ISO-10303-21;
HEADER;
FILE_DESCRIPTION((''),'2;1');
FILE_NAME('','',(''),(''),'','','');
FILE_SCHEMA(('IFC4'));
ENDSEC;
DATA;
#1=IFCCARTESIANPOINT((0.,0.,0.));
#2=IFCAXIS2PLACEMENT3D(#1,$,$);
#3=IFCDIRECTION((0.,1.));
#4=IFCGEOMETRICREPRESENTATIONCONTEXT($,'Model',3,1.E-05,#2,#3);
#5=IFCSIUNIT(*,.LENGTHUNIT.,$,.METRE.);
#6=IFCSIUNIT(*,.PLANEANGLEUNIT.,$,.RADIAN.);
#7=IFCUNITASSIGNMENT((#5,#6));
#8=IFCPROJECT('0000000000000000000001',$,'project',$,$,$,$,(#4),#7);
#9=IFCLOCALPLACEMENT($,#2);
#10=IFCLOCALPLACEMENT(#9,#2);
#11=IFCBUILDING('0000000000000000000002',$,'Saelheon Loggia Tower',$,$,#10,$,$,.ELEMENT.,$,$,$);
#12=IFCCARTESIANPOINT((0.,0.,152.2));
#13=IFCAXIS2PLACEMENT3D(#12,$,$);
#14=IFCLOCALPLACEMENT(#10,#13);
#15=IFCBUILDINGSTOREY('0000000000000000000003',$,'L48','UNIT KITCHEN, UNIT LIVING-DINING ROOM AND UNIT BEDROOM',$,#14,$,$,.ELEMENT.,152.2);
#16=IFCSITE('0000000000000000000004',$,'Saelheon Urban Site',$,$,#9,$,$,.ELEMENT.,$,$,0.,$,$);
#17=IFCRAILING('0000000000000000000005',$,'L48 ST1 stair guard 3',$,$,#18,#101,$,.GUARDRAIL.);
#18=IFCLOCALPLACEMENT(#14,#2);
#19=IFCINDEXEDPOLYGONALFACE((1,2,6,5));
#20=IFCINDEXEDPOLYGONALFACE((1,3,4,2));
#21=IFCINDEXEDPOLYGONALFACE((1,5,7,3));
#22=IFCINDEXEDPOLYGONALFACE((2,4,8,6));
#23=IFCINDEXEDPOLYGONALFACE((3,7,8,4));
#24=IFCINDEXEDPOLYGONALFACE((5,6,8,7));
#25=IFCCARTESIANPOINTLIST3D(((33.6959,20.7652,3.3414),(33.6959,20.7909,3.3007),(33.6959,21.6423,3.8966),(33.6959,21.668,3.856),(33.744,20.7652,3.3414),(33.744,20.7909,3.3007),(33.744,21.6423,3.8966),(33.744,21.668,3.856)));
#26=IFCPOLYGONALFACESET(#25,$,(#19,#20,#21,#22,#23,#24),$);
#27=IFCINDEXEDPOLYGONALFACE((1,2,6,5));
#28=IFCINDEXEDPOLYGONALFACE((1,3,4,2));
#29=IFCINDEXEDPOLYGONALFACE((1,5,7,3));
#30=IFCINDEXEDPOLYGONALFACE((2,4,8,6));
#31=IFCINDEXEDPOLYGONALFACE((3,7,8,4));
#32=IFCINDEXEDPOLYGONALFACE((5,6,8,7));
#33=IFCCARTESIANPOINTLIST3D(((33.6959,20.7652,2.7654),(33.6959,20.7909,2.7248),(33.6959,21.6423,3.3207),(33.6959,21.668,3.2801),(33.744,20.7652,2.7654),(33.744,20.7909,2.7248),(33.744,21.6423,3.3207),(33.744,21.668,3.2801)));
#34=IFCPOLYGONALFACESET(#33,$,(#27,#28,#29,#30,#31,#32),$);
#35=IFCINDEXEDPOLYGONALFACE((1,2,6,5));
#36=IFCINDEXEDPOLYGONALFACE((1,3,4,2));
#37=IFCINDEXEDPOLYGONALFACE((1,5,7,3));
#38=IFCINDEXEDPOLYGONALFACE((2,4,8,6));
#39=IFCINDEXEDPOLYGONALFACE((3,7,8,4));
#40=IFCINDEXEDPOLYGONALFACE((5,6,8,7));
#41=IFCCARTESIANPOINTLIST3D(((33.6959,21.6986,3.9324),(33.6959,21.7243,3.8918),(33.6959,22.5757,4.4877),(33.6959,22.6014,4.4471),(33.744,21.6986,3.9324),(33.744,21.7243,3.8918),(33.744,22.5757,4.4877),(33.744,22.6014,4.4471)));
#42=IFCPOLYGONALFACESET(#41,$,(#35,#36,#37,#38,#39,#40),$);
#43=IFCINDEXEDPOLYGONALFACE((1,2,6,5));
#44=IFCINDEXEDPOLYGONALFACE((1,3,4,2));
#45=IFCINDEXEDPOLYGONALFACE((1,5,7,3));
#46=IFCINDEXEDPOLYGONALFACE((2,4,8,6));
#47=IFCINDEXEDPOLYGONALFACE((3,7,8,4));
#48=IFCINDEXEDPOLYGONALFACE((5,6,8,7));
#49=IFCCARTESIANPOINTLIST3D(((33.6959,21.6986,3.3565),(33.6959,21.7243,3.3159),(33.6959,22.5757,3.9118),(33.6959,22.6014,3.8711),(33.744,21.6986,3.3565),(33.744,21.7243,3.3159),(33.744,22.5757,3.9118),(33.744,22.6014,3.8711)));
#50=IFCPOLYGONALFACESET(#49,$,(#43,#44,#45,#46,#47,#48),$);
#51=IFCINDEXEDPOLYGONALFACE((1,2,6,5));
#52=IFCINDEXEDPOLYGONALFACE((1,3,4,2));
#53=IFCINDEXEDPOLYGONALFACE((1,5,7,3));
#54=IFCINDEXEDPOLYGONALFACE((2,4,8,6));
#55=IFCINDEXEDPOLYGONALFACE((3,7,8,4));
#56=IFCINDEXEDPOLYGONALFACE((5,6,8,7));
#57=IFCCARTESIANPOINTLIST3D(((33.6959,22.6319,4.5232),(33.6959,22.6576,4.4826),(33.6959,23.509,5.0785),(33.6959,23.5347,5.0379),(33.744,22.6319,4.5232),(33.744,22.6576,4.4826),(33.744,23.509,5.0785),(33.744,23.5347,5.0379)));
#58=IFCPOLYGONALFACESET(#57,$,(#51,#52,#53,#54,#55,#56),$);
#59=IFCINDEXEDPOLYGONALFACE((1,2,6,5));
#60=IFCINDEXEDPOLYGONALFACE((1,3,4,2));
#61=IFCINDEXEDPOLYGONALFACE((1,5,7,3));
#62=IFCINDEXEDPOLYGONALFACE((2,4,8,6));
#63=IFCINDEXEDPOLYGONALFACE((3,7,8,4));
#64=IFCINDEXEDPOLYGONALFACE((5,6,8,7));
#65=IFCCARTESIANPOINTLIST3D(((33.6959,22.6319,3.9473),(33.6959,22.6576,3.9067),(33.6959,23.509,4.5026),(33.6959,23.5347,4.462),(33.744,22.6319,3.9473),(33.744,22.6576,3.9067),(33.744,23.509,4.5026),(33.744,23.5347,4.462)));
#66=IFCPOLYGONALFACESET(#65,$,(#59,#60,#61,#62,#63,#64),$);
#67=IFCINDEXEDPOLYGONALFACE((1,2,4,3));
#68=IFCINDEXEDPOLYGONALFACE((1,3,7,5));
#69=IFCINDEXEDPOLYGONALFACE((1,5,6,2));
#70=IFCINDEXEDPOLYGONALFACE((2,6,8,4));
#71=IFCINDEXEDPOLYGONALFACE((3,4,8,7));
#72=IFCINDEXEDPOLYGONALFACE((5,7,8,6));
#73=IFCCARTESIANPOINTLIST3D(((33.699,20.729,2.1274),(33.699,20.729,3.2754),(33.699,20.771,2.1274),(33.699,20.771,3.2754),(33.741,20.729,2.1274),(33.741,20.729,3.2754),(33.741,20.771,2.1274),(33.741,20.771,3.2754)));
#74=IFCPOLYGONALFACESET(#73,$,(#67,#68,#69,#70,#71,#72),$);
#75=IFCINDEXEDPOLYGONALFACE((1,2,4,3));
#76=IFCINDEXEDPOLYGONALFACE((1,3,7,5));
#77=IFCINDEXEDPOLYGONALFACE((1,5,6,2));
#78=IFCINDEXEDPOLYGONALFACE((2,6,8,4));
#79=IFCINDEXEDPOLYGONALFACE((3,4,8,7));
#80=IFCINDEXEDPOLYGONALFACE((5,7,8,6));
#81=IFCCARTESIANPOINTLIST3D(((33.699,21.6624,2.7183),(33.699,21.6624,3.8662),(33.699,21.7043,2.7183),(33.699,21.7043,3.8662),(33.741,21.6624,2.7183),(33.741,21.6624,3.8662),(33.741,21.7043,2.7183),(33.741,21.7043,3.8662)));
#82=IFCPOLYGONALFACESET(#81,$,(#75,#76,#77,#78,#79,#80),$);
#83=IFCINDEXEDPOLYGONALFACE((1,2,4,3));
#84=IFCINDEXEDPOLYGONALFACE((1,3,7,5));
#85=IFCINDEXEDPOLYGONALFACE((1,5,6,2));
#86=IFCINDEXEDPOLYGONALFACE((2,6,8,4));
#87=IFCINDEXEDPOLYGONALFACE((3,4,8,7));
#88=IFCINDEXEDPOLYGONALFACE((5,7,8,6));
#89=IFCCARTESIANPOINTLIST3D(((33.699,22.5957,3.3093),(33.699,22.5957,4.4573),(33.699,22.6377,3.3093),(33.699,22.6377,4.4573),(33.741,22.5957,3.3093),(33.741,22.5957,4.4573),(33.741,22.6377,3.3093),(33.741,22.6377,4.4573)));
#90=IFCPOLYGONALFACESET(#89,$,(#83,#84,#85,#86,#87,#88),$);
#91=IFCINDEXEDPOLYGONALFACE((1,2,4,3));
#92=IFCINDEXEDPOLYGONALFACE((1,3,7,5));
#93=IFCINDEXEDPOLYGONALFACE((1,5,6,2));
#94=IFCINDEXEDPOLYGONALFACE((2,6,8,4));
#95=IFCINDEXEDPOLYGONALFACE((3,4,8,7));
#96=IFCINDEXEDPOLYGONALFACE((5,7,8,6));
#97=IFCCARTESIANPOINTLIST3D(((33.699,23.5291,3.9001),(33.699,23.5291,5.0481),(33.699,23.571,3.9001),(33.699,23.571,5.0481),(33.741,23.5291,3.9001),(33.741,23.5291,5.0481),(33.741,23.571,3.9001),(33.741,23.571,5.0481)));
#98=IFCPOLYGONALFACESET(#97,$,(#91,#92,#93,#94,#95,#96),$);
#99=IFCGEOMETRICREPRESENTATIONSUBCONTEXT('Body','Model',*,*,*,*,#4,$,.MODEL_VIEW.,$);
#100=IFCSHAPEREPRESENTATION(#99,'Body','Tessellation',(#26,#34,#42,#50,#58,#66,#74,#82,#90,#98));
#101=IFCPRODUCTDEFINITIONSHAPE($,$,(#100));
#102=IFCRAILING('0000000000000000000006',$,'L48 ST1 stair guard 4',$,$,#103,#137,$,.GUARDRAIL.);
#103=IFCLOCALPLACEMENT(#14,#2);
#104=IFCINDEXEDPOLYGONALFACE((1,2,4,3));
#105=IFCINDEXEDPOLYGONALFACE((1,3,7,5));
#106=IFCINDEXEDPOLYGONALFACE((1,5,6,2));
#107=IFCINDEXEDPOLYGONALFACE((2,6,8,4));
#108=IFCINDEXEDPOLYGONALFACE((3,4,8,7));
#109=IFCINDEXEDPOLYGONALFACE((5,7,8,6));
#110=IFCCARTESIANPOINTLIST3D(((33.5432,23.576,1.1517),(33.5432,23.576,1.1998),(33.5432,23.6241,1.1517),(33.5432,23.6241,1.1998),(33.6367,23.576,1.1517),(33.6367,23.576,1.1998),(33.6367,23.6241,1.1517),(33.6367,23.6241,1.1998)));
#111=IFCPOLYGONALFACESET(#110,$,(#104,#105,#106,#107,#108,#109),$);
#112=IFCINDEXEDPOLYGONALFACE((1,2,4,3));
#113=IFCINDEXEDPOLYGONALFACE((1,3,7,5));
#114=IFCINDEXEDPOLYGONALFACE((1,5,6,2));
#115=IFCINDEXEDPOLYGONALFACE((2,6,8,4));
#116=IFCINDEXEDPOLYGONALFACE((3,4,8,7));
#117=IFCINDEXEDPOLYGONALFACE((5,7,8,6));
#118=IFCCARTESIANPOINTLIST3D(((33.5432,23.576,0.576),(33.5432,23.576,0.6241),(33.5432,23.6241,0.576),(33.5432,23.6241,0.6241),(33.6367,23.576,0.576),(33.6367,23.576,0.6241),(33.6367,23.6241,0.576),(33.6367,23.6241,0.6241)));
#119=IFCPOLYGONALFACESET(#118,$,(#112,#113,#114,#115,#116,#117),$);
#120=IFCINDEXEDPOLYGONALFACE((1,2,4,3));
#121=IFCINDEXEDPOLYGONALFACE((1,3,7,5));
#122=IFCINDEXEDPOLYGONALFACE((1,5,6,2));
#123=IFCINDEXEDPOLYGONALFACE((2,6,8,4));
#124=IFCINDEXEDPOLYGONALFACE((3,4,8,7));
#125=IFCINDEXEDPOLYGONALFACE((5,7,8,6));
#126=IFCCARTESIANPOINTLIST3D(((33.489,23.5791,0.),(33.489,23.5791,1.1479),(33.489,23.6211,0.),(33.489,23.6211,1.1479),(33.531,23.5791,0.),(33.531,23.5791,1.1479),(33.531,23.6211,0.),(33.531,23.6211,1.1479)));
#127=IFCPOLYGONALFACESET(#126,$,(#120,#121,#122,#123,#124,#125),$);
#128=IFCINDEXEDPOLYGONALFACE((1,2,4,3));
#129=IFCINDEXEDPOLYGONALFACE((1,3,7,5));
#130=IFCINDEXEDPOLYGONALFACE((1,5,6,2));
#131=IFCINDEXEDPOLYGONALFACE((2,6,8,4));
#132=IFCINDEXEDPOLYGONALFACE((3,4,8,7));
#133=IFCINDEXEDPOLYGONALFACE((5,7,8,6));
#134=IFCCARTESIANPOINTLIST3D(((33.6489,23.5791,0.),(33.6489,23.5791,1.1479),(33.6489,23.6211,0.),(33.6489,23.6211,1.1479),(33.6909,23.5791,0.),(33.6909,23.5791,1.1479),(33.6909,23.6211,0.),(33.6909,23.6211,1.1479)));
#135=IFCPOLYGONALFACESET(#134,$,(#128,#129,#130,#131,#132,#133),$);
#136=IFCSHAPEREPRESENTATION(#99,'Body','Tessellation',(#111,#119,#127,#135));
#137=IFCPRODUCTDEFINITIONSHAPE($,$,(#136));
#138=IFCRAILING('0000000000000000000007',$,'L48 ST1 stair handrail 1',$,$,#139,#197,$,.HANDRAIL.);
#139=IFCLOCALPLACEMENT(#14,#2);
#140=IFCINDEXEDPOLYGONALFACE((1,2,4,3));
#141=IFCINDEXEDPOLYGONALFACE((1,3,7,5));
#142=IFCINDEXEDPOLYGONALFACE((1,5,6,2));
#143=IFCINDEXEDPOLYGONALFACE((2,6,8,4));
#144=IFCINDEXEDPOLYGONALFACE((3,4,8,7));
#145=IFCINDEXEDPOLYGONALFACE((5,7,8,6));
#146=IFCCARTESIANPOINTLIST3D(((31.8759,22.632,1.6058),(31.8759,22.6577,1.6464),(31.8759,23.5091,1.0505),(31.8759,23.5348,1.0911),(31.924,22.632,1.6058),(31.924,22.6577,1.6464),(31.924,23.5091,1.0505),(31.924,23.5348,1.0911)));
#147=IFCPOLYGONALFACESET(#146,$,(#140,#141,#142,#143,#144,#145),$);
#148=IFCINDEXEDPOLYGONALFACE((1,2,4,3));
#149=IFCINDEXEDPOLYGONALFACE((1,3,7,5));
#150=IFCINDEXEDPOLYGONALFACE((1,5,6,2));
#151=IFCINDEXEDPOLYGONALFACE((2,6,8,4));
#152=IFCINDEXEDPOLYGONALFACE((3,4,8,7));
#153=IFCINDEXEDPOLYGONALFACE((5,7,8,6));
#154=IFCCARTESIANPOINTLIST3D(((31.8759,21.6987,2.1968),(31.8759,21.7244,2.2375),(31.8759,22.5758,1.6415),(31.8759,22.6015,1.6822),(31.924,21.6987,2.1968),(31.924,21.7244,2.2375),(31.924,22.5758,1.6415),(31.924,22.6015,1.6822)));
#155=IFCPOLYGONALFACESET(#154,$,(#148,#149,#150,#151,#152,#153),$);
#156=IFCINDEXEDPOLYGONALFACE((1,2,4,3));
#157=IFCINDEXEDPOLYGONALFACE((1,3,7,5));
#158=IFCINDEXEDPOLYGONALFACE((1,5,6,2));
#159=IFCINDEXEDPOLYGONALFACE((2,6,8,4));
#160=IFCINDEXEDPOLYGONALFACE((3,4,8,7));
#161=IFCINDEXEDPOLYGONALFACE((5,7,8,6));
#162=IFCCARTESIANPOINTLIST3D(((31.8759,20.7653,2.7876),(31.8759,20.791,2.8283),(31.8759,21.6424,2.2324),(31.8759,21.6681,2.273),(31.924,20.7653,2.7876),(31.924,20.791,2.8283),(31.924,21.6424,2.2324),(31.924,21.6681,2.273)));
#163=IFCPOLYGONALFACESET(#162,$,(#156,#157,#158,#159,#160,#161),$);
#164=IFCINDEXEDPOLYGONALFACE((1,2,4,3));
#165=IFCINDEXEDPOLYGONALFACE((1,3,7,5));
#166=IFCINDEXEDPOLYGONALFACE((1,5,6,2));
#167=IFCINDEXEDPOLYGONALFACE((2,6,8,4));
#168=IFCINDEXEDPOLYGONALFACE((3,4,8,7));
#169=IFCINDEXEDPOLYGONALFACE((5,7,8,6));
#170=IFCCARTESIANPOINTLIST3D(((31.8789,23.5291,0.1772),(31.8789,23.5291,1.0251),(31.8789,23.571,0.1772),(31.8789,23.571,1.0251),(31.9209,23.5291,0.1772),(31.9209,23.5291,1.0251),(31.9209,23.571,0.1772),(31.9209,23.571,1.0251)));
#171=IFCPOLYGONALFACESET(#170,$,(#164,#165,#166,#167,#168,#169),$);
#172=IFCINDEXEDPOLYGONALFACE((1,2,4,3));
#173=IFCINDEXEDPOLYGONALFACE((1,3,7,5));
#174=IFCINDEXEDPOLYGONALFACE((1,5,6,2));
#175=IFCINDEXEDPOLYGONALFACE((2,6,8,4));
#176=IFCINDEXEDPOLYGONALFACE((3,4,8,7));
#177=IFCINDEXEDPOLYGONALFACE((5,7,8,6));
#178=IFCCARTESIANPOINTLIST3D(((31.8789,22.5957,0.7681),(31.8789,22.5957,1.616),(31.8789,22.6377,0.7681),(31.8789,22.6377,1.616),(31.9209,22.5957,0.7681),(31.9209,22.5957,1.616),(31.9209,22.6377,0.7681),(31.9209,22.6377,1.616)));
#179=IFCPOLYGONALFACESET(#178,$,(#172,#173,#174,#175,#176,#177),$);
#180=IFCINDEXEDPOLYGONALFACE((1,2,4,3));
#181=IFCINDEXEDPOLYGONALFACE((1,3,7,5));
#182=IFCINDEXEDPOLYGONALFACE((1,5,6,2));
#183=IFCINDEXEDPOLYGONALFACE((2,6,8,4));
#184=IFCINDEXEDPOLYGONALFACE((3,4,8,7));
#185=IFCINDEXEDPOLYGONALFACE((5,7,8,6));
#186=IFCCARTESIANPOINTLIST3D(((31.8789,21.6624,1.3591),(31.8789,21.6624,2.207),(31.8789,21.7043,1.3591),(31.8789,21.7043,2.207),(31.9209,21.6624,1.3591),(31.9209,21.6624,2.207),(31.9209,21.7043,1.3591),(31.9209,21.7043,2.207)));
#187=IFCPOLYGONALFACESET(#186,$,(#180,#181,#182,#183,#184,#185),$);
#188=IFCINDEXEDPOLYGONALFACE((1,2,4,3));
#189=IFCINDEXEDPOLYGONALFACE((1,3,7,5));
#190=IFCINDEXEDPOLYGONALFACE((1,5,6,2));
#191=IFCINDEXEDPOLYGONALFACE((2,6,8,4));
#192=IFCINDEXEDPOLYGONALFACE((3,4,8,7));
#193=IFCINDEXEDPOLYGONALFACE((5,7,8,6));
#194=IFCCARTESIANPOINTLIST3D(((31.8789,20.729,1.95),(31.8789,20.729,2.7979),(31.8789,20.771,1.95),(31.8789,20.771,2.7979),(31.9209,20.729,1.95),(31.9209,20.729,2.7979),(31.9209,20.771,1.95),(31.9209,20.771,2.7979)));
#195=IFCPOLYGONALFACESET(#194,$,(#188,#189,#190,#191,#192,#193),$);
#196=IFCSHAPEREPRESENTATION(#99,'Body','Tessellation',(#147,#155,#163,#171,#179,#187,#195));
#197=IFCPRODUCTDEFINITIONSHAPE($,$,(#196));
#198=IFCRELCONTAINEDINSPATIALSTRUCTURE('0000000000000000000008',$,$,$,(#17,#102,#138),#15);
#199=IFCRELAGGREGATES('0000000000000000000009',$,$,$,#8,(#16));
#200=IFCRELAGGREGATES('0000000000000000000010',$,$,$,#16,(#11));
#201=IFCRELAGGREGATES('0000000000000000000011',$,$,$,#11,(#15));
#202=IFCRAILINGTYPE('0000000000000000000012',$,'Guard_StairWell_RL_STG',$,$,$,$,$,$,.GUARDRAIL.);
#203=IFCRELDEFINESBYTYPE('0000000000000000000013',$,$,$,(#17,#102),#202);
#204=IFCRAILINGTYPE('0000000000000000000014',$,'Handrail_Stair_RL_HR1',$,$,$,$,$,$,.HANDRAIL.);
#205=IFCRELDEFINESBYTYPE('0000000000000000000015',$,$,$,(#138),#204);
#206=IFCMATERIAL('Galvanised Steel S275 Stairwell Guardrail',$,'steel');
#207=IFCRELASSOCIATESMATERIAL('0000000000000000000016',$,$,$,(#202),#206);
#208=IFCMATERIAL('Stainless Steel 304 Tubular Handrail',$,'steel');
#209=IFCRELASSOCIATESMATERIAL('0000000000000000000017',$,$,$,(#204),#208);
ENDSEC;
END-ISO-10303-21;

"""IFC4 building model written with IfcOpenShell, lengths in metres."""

from ifc_helpers import new_model, si_unit, direction, frame, origin, origin_2d, place, context, subcontext, project, spatial, rectangle, extrude, material, type_object, element, save


model = new_model("IFC4")

# Units and contexts
model_context = context("Model", 3, precision=1e-05, world=origin(), true_north=direction((0.0, 1.0)))
body_context = subcontext(model_context, "Body", "Model", "MODEL_VIEW")
ifc_project = project(units=[si_unit("LENGTHUNIT", "METRE"), si_unit("PLANEANGLEUNIT", "RADIAN")], contexts=[model_context])

# Site, building, storey
site_placement = place(None, origin())
site = spatial("IfcSite", under=ifc_project, at=site_placement, Name="Saelheon Urban Site", CompositionType="ELEMENT", RefElevation=0.0)
building_placement = place(site_placement, origin())
building = spatial("IfcBuilding", under=site, at=building_placement, Name="Saelheon Loggia Tower", CompositionType="ELEMENT")
storey_placement = place(building_placement, frame((0.0, 0.0, 152.2)))
storey = spatial("IfcBuildingStorey", under=building, at=storey_placement, Name="L48", Description="UNIT KITCHEN, UNIT LIVING-DINING ROOM AND UNIT BEDROOM", CompositionType="ELEMENT", Elevation=152.2)

# Railings
ifc_material_1 = material(Name="Galvanised Steel S275 Stairwell Guardrail", Category="steel")
railing_type_1 = type_object("IfcRailingType", Name="Guard_StairWell_RL_STG", PredefinedType="GUARDRAIL", material=ifc_material_1)
railing_1_placement = place(storey_placement, frame((33.72, 20.75, 2.1274)))
element("IfcRailing", 1, at=railing_1_placement, inside=storey, type_object=railing_type_1, Name="L48 ST1 stair guard 3", PredefinedType="GUARDRAIL", context=body_context, shape_type="SweptSolid", body=[
    extrude(rectangle(XDim=0.0481, YDim=0.0481, at=origin_2d()), frame((0.0, 0.0281, 1.1936), z_axis=(0.0, 0.844909, 0.53491), x_axis=(-1.0, 0.0, 0.0)), (0.0, 0.0, 1.0), 1.0381),
    extrude(rectangle(XDim=0.0481, YDim=0.0481, at=origin_2d()), frame((0.0, 0.0281, 0.6177), z_axis=(0.0, 0.844909, 0.53491), x_axis=(-1.0, 0.0, 0.0)), (0.0, 0.0, 1.0), 1.0381),
    extrude(rectangle(XDim=0.0481, YDim=0.0481, at=origin_2d()), frame((0.0, 0.9614, 1.7847), z_axis=(0.0, 0.844909, 0.53491), x_axis=(-1.0, 0.0, 0.0)), (0.0, 0.0, 1.0), 1.0381),
    extrude(rectangle(XDim=0.0481, YDim=0.0481, at=origin_2d()), frame((0.0, 0.9614, 1.2087), z_axis=(0.0, 0.844909, 0.53491), x_axis=(-1.0, 0.0, 0.0)), (0.0, 0.0, 1.0), 1.0381),
    extrude(rectangle(XDim=0.0481, YDim=0.0481, at=origin_2d()), frame((0.0, 1.8948, 2.3755), z_axis=(0.0, 0.844909, 0.53491), x_axis=(-1.0, 0.0, 0.0)), (0.0, 0.0, 1.0), 1.0381),
    extrude(rectangle(XDim=0.0481, YDim=0.0481, at=origin_2d()), frame((0.0, 1.8948, 1.7996), z_axis=(0.0, 0.844909, 0.53491), x_axis=(-1.0, 0.0, 0.0)), (0.0, 0.0, 1.0), 1.0381),
    extrude(rectangle(XDim=0.042, YDim=0.042, at=origin_2d()), origin(), (0.0, 0.0, 1.0), 1.1479),
    extrude(rectangle(XDim=0.042, YDim=0.042, at=origin_2d()), frame((0.0, 0.9333, 0.5908)), (0.0, 0.0, 1.0), 1.1479),
    extrude(rectangle(XDim=0.042, YDim=0.042, at=origin_2d()), frame((0.0, 1.8667, 1.1819)), (0.0, 0.0, 1.0), 1.1479),
    extrude(rectangle(XDim=0.042, YDim=0.042, at=origin_2d()), frame((0.0, 2.8, 1.7727)), (0.0, 0.0, 1.0), 1.1479),
])
railing_2_placement = place(storey_placement, frame((33.51, 23.6001, 0.0)))
element("IfcRailing", 2, at=railing_2_placement, inside=storey, type_object=railing_type_1, Name="L48 ST1 stair guard 4", PredefinedType="GUARDRAIL", context=body_context, shape_type="SweptSolid", body=[
    extrude(rectangle(XDim=0.0481, YDim=0.0481, at=origin_2d()), frame((0.0332, 0.0, 1.1758), z_axis=(1.0, 0.0, 0.0), x_axis=(0.0, 1.0, 0.0)), (0.0, 0.0, 1.0), 0.0935),
    extrude(rectangle(XDim=0.0481, YDim=0.0481, at=origin_2d()), frame((0.0332, 0.0, 0.6001), z_axis=(1.0, 0.0, 0.0), x_axis=(0.0, 1.0, 0.0)), (0.0, 0.0, 1.0), 0.0935),
    extrude(rectangle(XDim=0.042, YDim=0.042, at=origin_2d()), origin(), (0.0, 0.0, 1.0), 1.1479),
    extrude(rectangle(XDim=0.042, YDim=0.042, at=origin_2d()), frame((0.1599, 0.0, 0.0)), (0.0, 0.0, 1.0), 1.1479),
])
ifc_material_2 = material(Name="Stainless Steel 304 Tubular Handrail", Category="steel")
railing_type_2 = type_object("IfcRailingType", Name="Handrail_Stair_RL_HR1", PredefinedType="HANDRAIL", material=ifc_material_2)
railing_3_placement = place(storey_placement, frame((31.8999, 23.55, 0.1772)))
element("IfcRailing", 3, at=railing_3_placement, inside=storey, type_object=railing_type_2, Name="L48 ST1 stair handrail 1", PredefinedType="HANDRAIL", context=body_context, shape_type="SweptSolid", body=[
    extrude(rectangle(XDim=0.0481, YDim=0.0481, at=origin_2d()), frame((0.0, -0.0281, 0.8936), z_axis=(0.0, -0.844909, 0.53491), x_axis=(1.0, 0.0, 0.0)), (0.0, 0.0, 1.0), 1.0381),
    extrude(rectangle(XDim=0.0481, YDim=0.0481, at=origin_2d()), frame((0.0, -0.9614, 1.4846), z_axis=(0.0, -0.844909, 0.53491), x_axis=(1.0, 0.0, 0.0)), (0.0, 0.0, 1.0), 1.0381),
    extrude(rectangle(XDim=0.0481, YDim=0.0481, at=origin_2d()), frame((0.0, -1.8948, 2.0754), z_axis=(0.0, -0.844909, 0.53491), x_axis=(1.0, 0.0, 0.0)), (0.0, 0.0, 1.0), 1.0381),
    extrude(rectangle(XDim=0.042, YDim=0.042, at=origin_2d()), origin(), (0.0, 0.0, 1.0), 0.8479),
    extrude(rectangle(XDim=0.042, YDim=0.042, at=origin_2d()), frame((0.0, -0.9333, 0.5908)), (0.0, 0.0, 1.0), 0.8479),
    extrude(rectangle(XDim=0.042, YDim=0.042, at=origin_2d()), frame((0.0, -1.8667, 1.1819)), (0.0, 0.0, 1.0), 0.8479),
    extrude(rectangle(XDim=0.042, YDim=0.042, at=origin_2d()), frame((0.0, -2.8, 1.7727)), (0.0, 0.0, 1.0), 0.8479),
])

save(model, "model.ifc")
